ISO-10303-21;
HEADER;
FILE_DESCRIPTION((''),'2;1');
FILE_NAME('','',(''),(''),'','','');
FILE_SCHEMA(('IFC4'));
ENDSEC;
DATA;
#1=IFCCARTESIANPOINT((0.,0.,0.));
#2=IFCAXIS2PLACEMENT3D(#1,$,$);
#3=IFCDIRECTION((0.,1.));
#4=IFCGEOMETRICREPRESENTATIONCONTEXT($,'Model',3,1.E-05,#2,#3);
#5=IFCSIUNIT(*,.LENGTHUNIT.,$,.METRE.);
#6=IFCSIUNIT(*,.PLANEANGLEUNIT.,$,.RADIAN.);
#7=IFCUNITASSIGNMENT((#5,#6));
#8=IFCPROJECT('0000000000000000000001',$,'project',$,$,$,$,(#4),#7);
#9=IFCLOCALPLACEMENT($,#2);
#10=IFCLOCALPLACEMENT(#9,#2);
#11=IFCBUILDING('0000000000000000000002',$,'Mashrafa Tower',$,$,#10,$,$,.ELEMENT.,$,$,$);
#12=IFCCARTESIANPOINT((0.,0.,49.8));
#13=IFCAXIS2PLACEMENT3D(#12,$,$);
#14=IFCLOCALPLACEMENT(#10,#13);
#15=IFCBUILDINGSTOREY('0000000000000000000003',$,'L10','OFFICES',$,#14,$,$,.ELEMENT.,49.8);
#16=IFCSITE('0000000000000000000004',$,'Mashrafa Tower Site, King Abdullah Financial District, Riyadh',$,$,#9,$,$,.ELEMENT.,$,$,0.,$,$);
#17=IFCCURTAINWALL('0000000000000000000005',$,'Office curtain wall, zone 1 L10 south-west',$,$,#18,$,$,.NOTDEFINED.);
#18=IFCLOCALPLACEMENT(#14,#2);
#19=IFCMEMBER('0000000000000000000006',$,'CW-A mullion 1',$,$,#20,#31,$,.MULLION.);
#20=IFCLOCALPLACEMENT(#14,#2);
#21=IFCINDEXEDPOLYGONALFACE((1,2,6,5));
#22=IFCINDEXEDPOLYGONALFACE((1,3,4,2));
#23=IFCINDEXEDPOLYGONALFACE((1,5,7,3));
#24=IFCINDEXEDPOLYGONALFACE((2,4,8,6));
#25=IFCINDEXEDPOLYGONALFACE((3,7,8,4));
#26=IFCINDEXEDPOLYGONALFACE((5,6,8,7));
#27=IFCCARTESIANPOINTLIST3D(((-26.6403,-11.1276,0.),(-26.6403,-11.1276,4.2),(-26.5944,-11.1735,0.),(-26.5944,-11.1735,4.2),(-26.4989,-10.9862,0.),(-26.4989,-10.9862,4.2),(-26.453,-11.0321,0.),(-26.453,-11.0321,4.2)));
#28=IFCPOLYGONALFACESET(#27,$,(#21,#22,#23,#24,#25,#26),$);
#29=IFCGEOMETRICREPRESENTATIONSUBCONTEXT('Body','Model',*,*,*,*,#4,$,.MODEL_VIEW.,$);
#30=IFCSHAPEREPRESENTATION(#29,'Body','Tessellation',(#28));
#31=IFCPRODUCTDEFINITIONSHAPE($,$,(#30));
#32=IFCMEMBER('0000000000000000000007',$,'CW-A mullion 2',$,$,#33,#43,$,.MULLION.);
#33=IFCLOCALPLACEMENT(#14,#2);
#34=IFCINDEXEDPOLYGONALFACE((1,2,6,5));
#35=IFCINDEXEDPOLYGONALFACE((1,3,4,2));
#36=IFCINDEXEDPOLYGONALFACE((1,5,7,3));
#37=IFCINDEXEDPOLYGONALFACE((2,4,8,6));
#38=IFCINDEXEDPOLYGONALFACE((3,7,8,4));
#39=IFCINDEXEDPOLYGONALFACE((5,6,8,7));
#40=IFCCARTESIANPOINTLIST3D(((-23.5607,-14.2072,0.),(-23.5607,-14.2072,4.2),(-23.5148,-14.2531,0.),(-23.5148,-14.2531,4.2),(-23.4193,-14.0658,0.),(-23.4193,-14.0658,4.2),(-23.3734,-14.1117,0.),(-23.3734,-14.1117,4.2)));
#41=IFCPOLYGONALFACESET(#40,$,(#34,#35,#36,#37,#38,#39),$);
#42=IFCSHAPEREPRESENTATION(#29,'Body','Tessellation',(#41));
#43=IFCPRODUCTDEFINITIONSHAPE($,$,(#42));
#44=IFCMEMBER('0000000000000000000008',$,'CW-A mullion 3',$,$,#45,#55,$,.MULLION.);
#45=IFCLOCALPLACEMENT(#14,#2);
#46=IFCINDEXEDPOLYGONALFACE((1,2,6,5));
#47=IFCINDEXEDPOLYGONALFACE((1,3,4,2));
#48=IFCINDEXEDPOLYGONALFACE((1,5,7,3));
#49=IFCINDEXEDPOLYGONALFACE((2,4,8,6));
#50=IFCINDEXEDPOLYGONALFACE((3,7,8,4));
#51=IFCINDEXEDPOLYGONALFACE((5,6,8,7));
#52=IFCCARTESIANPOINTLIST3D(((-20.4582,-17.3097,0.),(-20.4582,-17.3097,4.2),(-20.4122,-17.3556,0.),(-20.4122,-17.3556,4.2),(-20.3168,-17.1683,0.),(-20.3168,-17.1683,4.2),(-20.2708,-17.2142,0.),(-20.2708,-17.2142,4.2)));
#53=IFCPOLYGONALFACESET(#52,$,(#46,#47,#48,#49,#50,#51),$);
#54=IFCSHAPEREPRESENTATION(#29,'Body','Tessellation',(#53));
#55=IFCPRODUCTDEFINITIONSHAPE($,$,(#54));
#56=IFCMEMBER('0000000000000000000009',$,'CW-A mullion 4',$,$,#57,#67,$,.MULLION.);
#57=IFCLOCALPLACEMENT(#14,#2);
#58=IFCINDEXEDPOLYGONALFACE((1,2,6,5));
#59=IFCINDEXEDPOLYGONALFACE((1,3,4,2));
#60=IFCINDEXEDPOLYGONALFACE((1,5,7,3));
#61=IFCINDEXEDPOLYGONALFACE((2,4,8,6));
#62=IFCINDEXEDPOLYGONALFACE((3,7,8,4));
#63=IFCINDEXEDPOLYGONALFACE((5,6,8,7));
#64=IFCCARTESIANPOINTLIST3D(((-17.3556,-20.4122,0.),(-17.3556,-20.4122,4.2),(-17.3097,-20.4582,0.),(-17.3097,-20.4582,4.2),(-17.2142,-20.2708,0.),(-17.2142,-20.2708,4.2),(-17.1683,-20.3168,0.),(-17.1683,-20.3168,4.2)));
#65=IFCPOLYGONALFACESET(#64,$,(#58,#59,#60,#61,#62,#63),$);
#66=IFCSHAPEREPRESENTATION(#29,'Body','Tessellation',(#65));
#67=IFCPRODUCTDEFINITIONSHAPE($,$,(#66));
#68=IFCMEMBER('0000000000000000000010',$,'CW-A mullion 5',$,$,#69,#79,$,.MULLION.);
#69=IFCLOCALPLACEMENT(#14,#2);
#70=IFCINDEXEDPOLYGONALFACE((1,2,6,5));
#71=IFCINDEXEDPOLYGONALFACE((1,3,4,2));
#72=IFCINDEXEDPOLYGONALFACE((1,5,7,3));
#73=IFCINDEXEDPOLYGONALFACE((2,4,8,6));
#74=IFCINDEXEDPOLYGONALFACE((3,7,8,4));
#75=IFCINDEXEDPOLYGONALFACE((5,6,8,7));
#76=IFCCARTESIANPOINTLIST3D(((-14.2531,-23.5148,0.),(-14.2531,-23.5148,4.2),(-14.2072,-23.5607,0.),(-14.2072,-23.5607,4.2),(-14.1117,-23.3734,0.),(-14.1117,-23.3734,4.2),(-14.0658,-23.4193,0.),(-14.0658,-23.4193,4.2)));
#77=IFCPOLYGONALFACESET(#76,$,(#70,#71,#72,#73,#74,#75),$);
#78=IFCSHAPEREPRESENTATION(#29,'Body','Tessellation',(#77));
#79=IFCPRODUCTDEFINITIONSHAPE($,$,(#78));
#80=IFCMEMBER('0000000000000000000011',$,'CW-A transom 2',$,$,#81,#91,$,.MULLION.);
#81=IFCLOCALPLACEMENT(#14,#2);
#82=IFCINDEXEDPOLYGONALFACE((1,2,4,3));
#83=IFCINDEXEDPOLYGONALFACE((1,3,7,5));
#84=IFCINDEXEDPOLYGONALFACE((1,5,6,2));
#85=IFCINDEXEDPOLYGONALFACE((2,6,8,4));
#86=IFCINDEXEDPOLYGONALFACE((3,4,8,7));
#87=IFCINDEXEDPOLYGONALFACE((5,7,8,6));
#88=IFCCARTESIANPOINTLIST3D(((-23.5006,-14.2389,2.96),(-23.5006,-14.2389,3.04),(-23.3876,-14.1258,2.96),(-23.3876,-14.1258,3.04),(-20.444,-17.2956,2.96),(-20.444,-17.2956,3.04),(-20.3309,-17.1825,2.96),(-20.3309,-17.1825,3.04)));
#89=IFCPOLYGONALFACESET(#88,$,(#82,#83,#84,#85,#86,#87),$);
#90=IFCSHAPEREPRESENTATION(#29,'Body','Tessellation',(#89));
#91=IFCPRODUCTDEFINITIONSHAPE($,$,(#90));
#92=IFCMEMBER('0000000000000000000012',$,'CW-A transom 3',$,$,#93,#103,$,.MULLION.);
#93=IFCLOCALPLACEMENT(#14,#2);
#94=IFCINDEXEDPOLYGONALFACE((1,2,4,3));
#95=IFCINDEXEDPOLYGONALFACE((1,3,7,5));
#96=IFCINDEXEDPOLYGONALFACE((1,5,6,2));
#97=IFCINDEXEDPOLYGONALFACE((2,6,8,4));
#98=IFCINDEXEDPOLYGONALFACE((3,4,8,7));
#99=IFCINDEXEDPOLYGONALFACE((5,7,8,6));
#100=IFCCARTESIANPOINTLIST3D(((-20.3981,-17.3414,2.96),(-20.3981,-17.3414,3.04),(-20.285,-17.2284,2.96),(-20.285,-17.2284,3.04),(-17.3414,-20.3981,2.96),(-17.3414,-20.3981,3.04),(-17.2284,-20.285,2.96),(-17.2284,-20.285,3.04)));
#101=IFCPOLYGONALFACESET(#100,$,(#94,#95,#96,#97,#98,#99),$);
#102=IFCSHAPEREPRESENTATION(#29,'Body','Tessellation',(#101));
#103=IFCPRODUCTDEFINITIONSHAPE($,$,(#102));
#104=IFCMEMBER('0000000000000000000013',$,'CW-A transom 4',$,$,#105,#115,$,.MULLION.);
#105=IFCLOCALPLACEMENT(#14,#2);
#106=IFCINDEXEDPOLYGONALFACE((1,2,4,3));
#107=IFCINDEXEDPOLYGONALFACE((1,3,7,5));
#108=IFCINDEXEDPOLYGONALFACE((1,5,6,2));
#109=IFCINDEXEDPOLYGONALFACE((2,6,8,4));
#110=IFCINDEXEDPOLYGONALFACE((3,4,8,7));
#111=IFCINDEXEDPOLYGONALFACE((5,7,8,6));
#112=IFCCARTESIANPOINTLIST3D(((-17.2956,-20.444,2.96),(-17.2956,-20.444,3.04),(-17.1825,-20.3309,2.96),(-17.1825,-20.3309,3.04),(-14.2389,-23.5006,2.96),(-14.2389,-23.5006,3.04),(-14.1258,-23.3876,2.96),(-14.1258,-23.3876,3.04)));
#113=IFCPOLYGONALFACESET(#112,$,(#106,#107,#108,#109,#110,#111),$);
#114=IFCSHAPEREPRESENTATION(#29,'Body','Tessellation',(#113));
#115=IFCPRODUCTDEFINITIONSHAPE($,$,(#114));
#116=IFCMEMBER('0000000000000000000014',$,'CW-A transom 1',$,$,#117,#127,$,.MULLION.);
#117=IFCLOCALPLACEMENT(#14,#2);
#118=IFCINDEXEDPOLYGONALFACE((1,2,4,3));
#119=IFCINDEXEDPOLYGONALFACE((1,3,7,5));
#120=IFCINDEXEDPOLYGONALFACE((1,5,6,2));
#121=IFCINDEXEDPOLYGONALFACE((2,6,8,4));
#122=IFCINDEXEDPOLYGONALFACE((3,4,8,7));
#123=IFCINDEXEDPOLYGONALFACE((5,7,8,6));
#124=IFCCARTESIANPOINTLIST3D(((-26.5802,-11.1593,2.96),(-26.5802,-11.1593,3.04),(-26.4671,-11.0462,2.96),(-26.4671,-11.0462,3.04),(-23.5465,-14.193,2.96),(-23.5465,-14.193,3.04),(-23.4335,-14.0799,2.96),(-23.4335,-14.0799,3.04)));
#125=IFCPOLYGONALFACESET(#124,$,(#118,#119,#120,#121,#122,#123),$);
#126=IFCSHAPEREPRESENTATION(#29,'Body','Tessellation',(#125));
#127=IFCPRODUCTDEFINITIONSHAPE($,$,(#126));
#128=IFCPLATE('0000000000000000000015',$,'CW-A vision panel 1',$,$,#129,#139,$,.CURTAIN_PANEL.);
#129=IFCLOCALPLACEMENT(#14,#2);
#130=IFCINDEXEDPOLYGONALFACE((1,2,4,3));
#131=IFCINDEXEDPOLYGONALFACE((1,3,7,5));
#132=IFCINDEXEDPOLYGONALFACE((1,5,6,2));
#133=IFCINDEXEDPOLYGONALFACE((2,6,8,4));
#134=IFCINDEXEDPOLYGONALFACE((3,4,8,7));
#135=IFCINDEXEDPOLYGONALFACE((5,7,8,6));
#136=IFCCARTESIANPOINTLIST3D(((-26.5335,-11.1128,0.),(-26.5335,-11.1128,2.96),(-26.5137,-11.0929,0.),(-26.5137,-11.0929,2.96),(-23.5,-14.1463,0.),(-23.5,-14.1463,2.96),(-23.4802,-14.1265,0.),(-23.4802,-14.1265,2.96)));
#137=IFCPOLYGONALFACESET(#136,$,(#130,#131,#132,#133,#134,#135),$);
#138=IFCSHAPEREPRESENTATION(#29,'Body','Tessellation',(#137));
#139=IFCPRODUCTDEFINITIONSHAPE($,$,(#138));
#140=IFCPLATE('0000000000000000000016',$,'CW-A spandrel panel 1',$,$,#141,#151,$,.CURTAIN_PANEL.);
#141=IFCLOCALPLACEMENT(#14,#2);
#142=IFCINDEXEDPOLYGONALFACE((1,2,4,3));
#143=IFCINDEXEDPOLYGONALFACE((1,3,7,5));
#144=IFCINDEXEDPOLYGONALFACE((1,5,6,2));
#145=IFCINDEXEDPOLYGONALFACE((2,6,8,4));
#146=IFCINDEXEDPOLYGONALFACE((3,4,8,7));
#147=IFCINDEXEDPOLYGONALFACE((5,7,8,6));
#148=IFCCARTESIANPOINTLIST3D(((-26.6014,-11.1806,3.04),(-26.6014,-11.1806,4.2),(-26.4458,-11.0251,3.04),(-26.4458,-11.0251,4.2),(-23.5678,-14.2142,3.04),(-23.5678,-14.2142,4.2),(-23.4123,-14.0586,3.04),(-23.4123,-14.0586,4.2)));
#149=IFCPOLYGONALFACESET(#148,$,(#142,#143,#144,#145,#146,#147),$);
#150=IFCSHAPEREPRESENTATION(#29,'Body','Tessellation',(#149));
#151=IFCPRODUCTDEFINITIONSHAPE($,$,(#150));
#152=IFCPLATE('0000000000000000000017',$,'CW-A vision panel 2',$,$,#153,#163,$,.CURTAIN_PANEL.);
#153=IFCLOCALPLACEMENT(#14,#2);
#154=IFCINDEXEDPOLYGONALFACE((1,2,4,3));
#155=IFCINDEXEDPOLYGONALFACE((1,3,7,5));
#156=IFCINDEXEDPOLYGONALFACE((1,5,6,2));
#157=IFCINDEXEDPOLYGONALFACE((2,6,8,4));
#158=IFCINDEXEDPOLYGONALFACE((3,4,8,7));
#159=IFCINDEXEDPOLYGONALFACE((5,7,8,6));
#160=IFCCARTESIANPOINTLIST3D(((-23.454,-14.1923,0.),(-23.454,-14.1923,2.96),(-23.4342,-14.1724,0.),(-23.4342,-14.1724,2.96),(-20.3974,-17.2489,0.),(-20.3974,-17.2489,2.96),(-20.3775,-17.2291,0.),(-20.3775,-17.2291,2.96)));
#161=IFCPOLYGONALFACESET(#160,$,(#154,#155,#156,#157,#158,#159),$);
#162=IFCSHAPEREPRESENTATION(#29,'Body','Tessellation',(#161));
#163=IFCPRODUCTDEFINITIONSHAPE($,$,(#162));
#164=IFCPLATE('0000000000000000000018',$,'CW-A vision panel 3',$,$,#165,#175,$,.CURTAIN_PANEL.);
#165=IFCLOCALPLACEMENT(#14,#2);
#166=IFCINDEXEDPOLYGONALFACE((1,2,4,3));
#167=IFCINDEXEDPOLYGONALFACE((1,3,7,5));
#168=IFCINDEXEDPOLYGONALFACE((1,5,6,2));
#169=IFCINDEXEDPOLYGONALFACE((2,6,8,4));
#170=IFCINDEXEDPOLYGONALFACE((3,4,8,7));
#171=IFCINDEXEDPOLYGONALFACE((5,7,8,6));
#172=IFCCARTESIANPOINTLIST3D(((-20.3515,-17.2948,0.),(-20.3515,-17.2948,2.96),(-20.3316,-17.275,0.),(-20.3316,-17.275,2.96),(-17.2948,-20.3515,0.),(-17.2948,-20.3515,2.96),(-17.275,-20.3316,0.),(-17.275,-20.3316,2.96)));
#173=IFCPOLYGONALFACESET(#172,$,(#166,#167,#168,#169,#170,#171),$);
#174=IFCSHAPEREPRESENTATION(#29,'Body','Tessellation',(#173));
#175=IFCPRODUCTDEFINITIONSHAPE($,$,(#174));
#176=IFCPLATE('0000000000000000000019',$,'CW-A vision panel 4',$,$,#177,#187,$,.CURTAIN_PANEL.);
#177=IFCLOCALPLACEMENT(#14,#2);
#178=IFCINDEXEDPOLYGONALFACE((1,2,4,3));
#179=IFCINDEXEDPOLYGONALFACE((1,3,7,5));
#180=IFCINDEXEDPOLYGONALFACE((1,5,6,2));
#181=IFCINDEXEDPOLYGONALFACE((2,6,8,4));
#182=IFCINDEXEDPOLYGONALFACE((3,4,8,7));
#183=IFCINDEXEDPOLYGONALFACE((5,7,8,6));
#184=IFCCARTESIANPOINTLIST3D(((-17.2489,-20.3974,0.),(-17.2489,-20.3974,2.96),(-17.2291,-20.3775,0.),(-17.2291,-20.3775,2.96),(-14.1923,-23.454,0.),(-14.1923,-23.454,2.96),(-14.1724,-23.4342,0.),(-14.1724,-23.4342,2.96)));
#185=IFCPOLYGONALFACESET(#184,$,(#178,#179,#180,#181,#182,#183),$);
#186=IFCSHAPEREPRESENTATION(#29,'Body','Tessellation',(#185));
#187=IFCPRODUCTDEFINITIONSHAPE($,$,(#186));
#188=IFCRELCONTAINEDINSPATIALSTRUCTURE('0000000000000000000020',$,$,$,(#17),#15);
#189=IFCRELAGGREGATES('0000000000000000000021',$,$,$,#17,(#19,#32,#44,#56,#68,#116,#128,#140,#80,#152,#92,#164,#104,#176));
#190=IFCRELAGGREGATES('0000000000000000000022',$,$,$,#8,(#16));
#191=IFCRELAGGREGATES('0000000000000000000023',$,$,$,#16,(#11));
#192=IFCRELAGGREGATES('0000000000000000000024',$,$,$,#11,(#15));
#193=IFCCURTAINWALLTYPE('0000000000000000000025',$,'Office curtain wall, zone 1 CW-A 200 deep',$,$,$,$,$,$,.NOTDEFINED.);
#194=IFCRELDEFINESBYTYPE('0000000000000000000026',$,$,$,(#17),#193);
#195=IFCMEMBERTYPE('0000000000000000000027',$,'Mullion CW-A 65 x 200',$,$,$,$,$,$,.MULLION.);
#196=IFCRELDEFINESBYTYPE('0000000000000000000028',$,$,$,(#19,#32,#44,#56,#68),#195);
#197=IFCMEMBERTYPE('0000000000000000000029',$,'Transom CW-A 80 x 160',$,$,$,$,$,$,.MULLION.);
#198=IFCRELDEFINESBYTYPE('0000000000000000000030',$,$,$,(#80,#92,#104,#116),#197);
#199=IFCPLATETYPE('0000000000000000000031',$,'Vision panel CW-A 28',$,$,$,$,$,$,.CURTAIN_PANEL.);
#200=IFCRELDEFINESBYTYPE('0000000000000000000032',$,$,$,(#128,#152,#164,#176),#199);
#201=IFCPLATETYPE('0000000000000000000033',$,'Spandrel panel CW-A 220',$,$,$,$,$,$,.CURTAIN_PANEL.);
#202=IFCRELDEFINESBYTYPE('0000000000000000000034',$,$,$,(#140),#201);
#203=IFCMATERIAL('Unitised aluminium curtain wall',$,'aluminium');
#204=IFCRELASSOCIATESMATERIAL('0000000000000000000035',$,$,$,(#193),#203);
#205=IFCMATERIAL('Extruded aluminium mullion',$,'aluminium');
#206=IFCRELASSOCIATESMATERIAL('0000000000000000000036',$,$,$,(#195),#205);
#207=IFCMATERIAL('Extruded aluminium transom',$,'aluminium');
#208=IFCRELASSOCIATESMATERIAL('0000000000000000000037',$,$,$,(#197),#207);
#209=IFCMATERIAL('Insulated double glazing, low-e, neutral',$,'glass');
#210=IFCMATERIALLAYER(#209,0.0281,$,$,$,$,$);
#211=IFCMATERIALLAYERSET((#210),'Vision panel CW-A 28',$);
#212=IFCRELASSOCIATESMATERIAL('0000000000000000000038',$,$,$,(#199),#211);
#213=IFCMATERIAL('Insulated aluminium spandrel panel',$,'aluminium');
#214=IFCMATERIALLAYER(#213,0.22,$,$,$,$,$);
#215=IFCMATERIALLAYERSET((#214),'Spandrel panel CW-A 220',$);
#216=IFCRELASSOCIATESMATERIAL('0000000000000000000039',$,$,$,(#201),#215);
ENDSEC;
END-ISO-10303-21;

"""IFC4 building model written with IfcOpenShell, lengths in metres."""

from ifc_helpers import new_model, si_unit, direction, frame, origin, origin_2d, place, context, subcontext, project, spatial, rectangle, extrude, source, transform, mapped, material, layer, layer_set, material_profile, profile_set, type_object, type_shapes, element, aggregate, save


model = new_model("IFC4")

# Units and contexts
model_context = context("Model", 3, precision=1e-05, world=origin(), true_north=direction((0.0, 1.0)))
body_context = subcontext(model_context, "Body", "Model", "MODEL_VIEW")
ifc_project = project(units=[si_unit("LENGTHUNIT", "METRE"), si_unit("PLANEANGLEUNIT", "RADIAN")], contexts=[model_context])

# Site, building, storey
site_placement = place(None, origin())
site = spatial("IfcSite", under=ifc_project, at=site_placement, Name="Mashrafa Tower Site, King Abdullah Financial District, Riyadh", CompositionType="ELEMENT", RefElevation=0.0)
building_placement = place(site_placement, origin())
building = spatial("IfcBuilding", under=site, at=building_placement, Name="Mashrafa Tower", CompositionType="ELEMENT")
storey_placement = place(building_placement, frame((0.0, 0.0, 49.8)))
storey = spatial("IfcBuildingStorey", under=building, at=storey_placement, Name="L10", Description="OFFICES", CompositionType="ELEMENT", Elevation=49.8)

# Shared definitions
ifc_material_1 = material(Name="Unitised aluminium curtain wall", Category="aluminium")
curtain_wall_type = type_object("IfcCurtainWallType", Name="Office curtain wall, zone 1 CW-A 200 deep", PredefinedType="NOTDEFINED", material=ifc_material_1)
ifc_material_2 = material(Name="Extruded aluminium mullion", Category="aluminium")
ifc_material_profile_1 = material_profile(ifc_material_2, rectangle(XDim=0.2, YDim=0.0649, at=origin_2d()), Name="Mullion 65x200")
ifc_profile_set_1 = profile_set([ifc_material_profile_1], Name="Extruded aluminium mullion")
member_type_1 = type_object("IfcMemberType", Name="Mullion CW-A 65 x 200", PredefinedType="MULLION", material=ifc_profile_set_1)
shared_shape_1 = source(origin(), body_context, "Body", "SweptSolid", [
    extrude(rectangle(XDim=0.2, YDim=0.0649, at=origin_2d()), origin(), (0.0, 0.0, 1.0), 4.2),
])
type_shapes(member_type_1, [shared_shape_1])

# Curtain wall, members, plates
curtain_wall_1_placement = place(storey_placement, origin())
curtain_wall_1 = element("IfcCurtainWall", 1, at=curtain_wall_1_placement, inside=storey, type_object=curtain_wall_type, Name="Office curtain wall, zone 1 L10 south-west", PredefinedType="NOTDEFINED")
member_1_placement = place(storey_placement, frame((-26.5466, -11.0798, 0.0), z_axis=(0.0, 0.0, 1.0), x_axis=(0.707107, 0.707107, 0.0)))
member_1 = element("IfcMember", 2, at=member_1_placement, type_object=member_type_1, Name="CW-A mullion 1", PredefinedType="MULLION", context=body_context, shape_type="MappedRepresentation", body=[
    mapped(shared_shape_1, transform((0.0, 0.0, 0.0))),
])
member_2_placement = place(storey_placement, frame((-23.467, -14.1594, 0.0), z_axis=(0.0, 0.0, 1.0), x_axis=(0.707107, 0.707107, 0.0)))
member_2 = element("IfcMember", 3, at=member_2_placement, type_object=member_type_1, Name="CW-A mullion 2", PredefinedType="MULLION", context=body_context, shape_type="MappedRepresentation", body=[
    mapped(shared_shape_1, transform((0.0, 0.0, 0.0))),
])
member_3_placement = place(storey_placement, frame((-20.3645, -17.262, 0.0), z_axis=(0.0, 0.0, 1.0), x_axis=(0.707107, 0.707107, 0.0)))
member_3 = element("IfcMember", 4, at=member_3_placement, type_object=member_type_1, Name="CW-A mullion 3", PredefinedType="MULLION", context=body_context, shape_type="MappedRepresentation", body=[
    mapped(shared_shape_1, transform((0.0, 0.0, 0.0))),
])
member_4_placement = place(storey_placement, frame((-17.262, -20.3645, 0.0), z_axis=(0.0, 0.0, 1.0), x_axis=(0.707107, 0.707107, 0.0)))
member_4 = element("IfcMember", 5, at=member_4_placement, type_object=member_type_1, Name="CW-A mullion 4", PredefinedType="MULLION", context=body_context, shape_type="MappedRepresentation", body=[
    mapped(shared_shape_1, transform((0.0, 0.0, 0.0))),
])
member_5_placement = place(storey_placement, frame((-14.1594, -23.467, 0.0), z_axis=(0.0, 0.0, 1.0), x_axis=(0.707107, 0.707107, 0.0)))
member_5 = element("IfcMember", 6, at=member_5_placement, type_object=member_type_1, Name="CW-A mullion 5", PredefinedType="MULLION", context=body_context, shape_type="MappedRepresentation", body=[
    mapped(shared_shape_1, transform((0.0, 0.0, 0.0))),
])
ifc_material_3 = material(Name="Extruded aluminium transom", Category="aluminium")
ifc_material_profile_2 = material_profile(ifc_material_3, rectangle(XDim=0.1599, YDim=0.0801, at=origin_2d()), Name="Transom 80x160")
ifc_profile_set_2 = profile_set([ifc_material_profile_2], Name="Extruded aluminium transom")
member_type_2 = type_object("IfcMemberType", Name="Transom CW-A 80 x 160", PredefinedType="MULLION", material=ifc_profile_set_2)
shared_shape_2 = source(origin(), body_context, "Body", "SweptSolid", [
    extrude(rectangle(XDim=0.1599, YDim=0.0801, at=origin_2d()), origin(), (0.0, 0.0, 1.0), 4.3228),
])
member_6_placement = place(storey_placement, frame((-23.4441, -14.1824, 3.0), z_axis=(0.707107, -0.707107, 0.0), x_axis=(0.707107, 0.707107, 0.0)))
member_6 = element("IfcMember", 7, at=member_6_placement, type_object=member_type_2, Name="CW-A transom 2", PredefinedType="MULLION", context=body_context, shape_type="MappedRepresentation", body=[
    mapped(shared_shape_2, transform((0.0, 0.0, 0.0))),
])
member_7_placement = place(storey_placement, frame((-20.3416, -17.2849, 3.0), z_axis=(0.707107, -0.707107, 0.0), x_axis=(0.707107, 0.707107, 0.0)))
member_7 = element("IfcMember", 8, at=member_7_placement, type_object=member_type_2, Name="CW-A transom 3", PredefinedType="MULLION", context=body_context, shape_type="MappedRepresentation", body=[
    mapped(shared_shape_2, transform((0.0, 0.0, 0.0))),
])
member_8_placement = place(storey_placement, frame((-17.239, -20.3875, 3.0), z_axis=(0.707107, -0.707107, 0.0), x_axis=(0.707107, 0.707107, 0.0)))
member_8 = element("IfcMember", 9, at=member_8_placement, type_object=member_type_2, Name="CW-A transom 4", PredefinedType="MULLION", context=body_context, shape_type="MappedRepresentation", body=[
    mapped(shared_shape_2, transform((0.0, 0.0, 0.0))),
])
shared_shape_3 = source(origin(), body_context, "Body", "SweptSolid", [
    extrude(rectangle(XDim=0.1599, YDim=0.0801, at=origin_2d()), origin(), (0.0, 0.0, 1.0), 4.2903),
])
type_shapes(member_type_2, [shared_shape_2, shared_shape_3])
member_9_placement = place(storey_placement, frame((-26.5237, -11.1028, 3.0), z_axis=(0.707107, -0.707107, 0.0), x_axis=(0.707107, 0.707107, 0.0)))
member_9 = element("IfcMember", 10, at=member_9_placement, type_object=member_type_2, Name="CW-A transom 1", PredefinedType="MULLION", context=body_context, shape_type="MappedRepresentation", body=[
    mapped(shared_shape_3, transform((0.0, 0.0, 0.0))),
])
ifc_material_4 = material(Name="Insulated double glazing, low-e, neutral", Category="glass")
ifc_layer_1 = layer(ifc_material_4, 0.0281)
ifc_layer_set_1 = layer_set([ifc_layer_1], Name="Vision panel CW-A 28")
plate_type_1 = type_object("IfcPlateType", Name="Vision panel CW-A 28", PredefinedType="CURTAIN_PANEL", material=ifc_layer_set_1)
shared_shape_4 = source(origin(), body_context, "Body", "SweptSolid", [
    extrude(rectangle(XDim=4.29, YDim=0.0281, at=origin_2d()), origin(), (0.0, 0.0, 1.0), 2.96),
])
plate_1_placement = place(storey_placement, frame((-25.0068, -12.6196, 0.0), z_axis=(0.0, 0.0, 1.0), x_axis=(0.707107, -0.707107, 0.0)))
plate_1 = element("IfcPlate", 11, at=plate_1_placement, type_object=plate_type_1, Name="CW-A vision panel 1", PredefinedType="CURTAIN_PANEL", context=body_context, shape_type="MappedRepresentation", body=[
    mapped(shared_shape_4, transform((0.0, 0.0, 0.0))),
])
ifc_material_5 = material(Name="Insulated aluminium spandrel panel", Category="aluminium")
ifc_layer_2 = layer(ifc_material_5, 0.22)
ifc_layer_set_2 = layer_set([ifc_layer_2], Name="Spandrel panel CW-A 220")
plate_type_2 = type_object("IfcPlateType", Name="Spandrel panel CW-A 220", PredefinedType="CURTAIN_PANEL", material=ifc_layer_set_2)
shared_shape_5 = source(origin(), body_context, "Body", "SweptSolid", [
    extrude(rectangle(XDim=4.29, YDim=0.22, at=origin_2d()), origin(), (0.0, 0.0, 1.0), 1.1599),
])
plate_2_placement = place(storey_placement, frame((-25.0068, -12.6196, 3.04), z_axis=(0.0, 0.0, 1.0), x_axis=(0.707107, -0.707107, 0.0)))
plate_2 = element("IfcPlate", 12, at=plate_2_placement, type_object=plate_type_2, Name="CW-A spandrel panel 1", PredefinedType="CURTAIN_PANEL", context=body_context, shape_type="MappedRepresentation", body=[
    mapped(shared_shape_5, transform((0.0, 0.0, 0.0))),
])
shared_shape_6 = source(origin(), body_context, "Body", "SweptSolid", [
    extrude(rectangle(XDim=4.3228, YDim=0.0281, at=origin_2d()), origin(), (0.0, 0.0, 1.0), 2.96),
])
type_shapes(plate_type_1, [shared_shape_4, shared_shape_6])
plate_3_placement = place(storey_placement, frame((-21.9158, -15.7107, 0.0), z_axis=(0.0, 0.0, 1.0), x_axis=(0.707107, -0.707107, 0.0)))
plate_3 = element("IfcPlate", 13, at=plate_3_placement, type_object=plate_type_1, Name="CW-A vision panel 2", PredefinedType="CURTAIN_PANEL", context=body_context, shape_type="MappedRepresentation", body=[
    mapped(shared_shape_6, transform((0.0, 0.0, 0.0))),
])
plate_4_placement = place(storey_placement, frame((-18.8132, -18.8132, 0.0), z_axis=(0.0, 0.0, 1.0), x_axis=(0.707107, -0.707107, 0.0)))
plate_4 = element("IfcPlate", 14, at=plate_4_placement, type_object=plate_type_1, Name="CW-A vision panel 3", PredefinedType="CURTAIN_PANEL", context=body_context, shape_type="MappedRepresentation", body=[
    mapped(shared_shape_6, transform((0.0, 0.0, 0.0))),
])
plate_5_placement = place(storey_placement, frame((-15.7107, -21.9158, 0.0), z_axis=(0.0, 0.0, 1.0), x_axis=(0.707107, -0.707107, 0.0)))
plate_5 = element("IfcPlate", 15, at=plate_5_placement, type_object=plate_type_1, Name="CW-A vision panel 4", PredefinedType="CURTAIN_PANEL", context=body_context, shape_type="MappedRepresentation", body=[
    mapped(shared_shape_6, transform((0.0, 0.0, 0.0))),
])
aggregate(curtain_wall_1, [member_1, member_2, member_3, member_4, member_5, member_9, plate_1, plate_2, member_6, plate_3, member_7, plate_4, member_8, plate_5])

save(model, "model.ifc")
